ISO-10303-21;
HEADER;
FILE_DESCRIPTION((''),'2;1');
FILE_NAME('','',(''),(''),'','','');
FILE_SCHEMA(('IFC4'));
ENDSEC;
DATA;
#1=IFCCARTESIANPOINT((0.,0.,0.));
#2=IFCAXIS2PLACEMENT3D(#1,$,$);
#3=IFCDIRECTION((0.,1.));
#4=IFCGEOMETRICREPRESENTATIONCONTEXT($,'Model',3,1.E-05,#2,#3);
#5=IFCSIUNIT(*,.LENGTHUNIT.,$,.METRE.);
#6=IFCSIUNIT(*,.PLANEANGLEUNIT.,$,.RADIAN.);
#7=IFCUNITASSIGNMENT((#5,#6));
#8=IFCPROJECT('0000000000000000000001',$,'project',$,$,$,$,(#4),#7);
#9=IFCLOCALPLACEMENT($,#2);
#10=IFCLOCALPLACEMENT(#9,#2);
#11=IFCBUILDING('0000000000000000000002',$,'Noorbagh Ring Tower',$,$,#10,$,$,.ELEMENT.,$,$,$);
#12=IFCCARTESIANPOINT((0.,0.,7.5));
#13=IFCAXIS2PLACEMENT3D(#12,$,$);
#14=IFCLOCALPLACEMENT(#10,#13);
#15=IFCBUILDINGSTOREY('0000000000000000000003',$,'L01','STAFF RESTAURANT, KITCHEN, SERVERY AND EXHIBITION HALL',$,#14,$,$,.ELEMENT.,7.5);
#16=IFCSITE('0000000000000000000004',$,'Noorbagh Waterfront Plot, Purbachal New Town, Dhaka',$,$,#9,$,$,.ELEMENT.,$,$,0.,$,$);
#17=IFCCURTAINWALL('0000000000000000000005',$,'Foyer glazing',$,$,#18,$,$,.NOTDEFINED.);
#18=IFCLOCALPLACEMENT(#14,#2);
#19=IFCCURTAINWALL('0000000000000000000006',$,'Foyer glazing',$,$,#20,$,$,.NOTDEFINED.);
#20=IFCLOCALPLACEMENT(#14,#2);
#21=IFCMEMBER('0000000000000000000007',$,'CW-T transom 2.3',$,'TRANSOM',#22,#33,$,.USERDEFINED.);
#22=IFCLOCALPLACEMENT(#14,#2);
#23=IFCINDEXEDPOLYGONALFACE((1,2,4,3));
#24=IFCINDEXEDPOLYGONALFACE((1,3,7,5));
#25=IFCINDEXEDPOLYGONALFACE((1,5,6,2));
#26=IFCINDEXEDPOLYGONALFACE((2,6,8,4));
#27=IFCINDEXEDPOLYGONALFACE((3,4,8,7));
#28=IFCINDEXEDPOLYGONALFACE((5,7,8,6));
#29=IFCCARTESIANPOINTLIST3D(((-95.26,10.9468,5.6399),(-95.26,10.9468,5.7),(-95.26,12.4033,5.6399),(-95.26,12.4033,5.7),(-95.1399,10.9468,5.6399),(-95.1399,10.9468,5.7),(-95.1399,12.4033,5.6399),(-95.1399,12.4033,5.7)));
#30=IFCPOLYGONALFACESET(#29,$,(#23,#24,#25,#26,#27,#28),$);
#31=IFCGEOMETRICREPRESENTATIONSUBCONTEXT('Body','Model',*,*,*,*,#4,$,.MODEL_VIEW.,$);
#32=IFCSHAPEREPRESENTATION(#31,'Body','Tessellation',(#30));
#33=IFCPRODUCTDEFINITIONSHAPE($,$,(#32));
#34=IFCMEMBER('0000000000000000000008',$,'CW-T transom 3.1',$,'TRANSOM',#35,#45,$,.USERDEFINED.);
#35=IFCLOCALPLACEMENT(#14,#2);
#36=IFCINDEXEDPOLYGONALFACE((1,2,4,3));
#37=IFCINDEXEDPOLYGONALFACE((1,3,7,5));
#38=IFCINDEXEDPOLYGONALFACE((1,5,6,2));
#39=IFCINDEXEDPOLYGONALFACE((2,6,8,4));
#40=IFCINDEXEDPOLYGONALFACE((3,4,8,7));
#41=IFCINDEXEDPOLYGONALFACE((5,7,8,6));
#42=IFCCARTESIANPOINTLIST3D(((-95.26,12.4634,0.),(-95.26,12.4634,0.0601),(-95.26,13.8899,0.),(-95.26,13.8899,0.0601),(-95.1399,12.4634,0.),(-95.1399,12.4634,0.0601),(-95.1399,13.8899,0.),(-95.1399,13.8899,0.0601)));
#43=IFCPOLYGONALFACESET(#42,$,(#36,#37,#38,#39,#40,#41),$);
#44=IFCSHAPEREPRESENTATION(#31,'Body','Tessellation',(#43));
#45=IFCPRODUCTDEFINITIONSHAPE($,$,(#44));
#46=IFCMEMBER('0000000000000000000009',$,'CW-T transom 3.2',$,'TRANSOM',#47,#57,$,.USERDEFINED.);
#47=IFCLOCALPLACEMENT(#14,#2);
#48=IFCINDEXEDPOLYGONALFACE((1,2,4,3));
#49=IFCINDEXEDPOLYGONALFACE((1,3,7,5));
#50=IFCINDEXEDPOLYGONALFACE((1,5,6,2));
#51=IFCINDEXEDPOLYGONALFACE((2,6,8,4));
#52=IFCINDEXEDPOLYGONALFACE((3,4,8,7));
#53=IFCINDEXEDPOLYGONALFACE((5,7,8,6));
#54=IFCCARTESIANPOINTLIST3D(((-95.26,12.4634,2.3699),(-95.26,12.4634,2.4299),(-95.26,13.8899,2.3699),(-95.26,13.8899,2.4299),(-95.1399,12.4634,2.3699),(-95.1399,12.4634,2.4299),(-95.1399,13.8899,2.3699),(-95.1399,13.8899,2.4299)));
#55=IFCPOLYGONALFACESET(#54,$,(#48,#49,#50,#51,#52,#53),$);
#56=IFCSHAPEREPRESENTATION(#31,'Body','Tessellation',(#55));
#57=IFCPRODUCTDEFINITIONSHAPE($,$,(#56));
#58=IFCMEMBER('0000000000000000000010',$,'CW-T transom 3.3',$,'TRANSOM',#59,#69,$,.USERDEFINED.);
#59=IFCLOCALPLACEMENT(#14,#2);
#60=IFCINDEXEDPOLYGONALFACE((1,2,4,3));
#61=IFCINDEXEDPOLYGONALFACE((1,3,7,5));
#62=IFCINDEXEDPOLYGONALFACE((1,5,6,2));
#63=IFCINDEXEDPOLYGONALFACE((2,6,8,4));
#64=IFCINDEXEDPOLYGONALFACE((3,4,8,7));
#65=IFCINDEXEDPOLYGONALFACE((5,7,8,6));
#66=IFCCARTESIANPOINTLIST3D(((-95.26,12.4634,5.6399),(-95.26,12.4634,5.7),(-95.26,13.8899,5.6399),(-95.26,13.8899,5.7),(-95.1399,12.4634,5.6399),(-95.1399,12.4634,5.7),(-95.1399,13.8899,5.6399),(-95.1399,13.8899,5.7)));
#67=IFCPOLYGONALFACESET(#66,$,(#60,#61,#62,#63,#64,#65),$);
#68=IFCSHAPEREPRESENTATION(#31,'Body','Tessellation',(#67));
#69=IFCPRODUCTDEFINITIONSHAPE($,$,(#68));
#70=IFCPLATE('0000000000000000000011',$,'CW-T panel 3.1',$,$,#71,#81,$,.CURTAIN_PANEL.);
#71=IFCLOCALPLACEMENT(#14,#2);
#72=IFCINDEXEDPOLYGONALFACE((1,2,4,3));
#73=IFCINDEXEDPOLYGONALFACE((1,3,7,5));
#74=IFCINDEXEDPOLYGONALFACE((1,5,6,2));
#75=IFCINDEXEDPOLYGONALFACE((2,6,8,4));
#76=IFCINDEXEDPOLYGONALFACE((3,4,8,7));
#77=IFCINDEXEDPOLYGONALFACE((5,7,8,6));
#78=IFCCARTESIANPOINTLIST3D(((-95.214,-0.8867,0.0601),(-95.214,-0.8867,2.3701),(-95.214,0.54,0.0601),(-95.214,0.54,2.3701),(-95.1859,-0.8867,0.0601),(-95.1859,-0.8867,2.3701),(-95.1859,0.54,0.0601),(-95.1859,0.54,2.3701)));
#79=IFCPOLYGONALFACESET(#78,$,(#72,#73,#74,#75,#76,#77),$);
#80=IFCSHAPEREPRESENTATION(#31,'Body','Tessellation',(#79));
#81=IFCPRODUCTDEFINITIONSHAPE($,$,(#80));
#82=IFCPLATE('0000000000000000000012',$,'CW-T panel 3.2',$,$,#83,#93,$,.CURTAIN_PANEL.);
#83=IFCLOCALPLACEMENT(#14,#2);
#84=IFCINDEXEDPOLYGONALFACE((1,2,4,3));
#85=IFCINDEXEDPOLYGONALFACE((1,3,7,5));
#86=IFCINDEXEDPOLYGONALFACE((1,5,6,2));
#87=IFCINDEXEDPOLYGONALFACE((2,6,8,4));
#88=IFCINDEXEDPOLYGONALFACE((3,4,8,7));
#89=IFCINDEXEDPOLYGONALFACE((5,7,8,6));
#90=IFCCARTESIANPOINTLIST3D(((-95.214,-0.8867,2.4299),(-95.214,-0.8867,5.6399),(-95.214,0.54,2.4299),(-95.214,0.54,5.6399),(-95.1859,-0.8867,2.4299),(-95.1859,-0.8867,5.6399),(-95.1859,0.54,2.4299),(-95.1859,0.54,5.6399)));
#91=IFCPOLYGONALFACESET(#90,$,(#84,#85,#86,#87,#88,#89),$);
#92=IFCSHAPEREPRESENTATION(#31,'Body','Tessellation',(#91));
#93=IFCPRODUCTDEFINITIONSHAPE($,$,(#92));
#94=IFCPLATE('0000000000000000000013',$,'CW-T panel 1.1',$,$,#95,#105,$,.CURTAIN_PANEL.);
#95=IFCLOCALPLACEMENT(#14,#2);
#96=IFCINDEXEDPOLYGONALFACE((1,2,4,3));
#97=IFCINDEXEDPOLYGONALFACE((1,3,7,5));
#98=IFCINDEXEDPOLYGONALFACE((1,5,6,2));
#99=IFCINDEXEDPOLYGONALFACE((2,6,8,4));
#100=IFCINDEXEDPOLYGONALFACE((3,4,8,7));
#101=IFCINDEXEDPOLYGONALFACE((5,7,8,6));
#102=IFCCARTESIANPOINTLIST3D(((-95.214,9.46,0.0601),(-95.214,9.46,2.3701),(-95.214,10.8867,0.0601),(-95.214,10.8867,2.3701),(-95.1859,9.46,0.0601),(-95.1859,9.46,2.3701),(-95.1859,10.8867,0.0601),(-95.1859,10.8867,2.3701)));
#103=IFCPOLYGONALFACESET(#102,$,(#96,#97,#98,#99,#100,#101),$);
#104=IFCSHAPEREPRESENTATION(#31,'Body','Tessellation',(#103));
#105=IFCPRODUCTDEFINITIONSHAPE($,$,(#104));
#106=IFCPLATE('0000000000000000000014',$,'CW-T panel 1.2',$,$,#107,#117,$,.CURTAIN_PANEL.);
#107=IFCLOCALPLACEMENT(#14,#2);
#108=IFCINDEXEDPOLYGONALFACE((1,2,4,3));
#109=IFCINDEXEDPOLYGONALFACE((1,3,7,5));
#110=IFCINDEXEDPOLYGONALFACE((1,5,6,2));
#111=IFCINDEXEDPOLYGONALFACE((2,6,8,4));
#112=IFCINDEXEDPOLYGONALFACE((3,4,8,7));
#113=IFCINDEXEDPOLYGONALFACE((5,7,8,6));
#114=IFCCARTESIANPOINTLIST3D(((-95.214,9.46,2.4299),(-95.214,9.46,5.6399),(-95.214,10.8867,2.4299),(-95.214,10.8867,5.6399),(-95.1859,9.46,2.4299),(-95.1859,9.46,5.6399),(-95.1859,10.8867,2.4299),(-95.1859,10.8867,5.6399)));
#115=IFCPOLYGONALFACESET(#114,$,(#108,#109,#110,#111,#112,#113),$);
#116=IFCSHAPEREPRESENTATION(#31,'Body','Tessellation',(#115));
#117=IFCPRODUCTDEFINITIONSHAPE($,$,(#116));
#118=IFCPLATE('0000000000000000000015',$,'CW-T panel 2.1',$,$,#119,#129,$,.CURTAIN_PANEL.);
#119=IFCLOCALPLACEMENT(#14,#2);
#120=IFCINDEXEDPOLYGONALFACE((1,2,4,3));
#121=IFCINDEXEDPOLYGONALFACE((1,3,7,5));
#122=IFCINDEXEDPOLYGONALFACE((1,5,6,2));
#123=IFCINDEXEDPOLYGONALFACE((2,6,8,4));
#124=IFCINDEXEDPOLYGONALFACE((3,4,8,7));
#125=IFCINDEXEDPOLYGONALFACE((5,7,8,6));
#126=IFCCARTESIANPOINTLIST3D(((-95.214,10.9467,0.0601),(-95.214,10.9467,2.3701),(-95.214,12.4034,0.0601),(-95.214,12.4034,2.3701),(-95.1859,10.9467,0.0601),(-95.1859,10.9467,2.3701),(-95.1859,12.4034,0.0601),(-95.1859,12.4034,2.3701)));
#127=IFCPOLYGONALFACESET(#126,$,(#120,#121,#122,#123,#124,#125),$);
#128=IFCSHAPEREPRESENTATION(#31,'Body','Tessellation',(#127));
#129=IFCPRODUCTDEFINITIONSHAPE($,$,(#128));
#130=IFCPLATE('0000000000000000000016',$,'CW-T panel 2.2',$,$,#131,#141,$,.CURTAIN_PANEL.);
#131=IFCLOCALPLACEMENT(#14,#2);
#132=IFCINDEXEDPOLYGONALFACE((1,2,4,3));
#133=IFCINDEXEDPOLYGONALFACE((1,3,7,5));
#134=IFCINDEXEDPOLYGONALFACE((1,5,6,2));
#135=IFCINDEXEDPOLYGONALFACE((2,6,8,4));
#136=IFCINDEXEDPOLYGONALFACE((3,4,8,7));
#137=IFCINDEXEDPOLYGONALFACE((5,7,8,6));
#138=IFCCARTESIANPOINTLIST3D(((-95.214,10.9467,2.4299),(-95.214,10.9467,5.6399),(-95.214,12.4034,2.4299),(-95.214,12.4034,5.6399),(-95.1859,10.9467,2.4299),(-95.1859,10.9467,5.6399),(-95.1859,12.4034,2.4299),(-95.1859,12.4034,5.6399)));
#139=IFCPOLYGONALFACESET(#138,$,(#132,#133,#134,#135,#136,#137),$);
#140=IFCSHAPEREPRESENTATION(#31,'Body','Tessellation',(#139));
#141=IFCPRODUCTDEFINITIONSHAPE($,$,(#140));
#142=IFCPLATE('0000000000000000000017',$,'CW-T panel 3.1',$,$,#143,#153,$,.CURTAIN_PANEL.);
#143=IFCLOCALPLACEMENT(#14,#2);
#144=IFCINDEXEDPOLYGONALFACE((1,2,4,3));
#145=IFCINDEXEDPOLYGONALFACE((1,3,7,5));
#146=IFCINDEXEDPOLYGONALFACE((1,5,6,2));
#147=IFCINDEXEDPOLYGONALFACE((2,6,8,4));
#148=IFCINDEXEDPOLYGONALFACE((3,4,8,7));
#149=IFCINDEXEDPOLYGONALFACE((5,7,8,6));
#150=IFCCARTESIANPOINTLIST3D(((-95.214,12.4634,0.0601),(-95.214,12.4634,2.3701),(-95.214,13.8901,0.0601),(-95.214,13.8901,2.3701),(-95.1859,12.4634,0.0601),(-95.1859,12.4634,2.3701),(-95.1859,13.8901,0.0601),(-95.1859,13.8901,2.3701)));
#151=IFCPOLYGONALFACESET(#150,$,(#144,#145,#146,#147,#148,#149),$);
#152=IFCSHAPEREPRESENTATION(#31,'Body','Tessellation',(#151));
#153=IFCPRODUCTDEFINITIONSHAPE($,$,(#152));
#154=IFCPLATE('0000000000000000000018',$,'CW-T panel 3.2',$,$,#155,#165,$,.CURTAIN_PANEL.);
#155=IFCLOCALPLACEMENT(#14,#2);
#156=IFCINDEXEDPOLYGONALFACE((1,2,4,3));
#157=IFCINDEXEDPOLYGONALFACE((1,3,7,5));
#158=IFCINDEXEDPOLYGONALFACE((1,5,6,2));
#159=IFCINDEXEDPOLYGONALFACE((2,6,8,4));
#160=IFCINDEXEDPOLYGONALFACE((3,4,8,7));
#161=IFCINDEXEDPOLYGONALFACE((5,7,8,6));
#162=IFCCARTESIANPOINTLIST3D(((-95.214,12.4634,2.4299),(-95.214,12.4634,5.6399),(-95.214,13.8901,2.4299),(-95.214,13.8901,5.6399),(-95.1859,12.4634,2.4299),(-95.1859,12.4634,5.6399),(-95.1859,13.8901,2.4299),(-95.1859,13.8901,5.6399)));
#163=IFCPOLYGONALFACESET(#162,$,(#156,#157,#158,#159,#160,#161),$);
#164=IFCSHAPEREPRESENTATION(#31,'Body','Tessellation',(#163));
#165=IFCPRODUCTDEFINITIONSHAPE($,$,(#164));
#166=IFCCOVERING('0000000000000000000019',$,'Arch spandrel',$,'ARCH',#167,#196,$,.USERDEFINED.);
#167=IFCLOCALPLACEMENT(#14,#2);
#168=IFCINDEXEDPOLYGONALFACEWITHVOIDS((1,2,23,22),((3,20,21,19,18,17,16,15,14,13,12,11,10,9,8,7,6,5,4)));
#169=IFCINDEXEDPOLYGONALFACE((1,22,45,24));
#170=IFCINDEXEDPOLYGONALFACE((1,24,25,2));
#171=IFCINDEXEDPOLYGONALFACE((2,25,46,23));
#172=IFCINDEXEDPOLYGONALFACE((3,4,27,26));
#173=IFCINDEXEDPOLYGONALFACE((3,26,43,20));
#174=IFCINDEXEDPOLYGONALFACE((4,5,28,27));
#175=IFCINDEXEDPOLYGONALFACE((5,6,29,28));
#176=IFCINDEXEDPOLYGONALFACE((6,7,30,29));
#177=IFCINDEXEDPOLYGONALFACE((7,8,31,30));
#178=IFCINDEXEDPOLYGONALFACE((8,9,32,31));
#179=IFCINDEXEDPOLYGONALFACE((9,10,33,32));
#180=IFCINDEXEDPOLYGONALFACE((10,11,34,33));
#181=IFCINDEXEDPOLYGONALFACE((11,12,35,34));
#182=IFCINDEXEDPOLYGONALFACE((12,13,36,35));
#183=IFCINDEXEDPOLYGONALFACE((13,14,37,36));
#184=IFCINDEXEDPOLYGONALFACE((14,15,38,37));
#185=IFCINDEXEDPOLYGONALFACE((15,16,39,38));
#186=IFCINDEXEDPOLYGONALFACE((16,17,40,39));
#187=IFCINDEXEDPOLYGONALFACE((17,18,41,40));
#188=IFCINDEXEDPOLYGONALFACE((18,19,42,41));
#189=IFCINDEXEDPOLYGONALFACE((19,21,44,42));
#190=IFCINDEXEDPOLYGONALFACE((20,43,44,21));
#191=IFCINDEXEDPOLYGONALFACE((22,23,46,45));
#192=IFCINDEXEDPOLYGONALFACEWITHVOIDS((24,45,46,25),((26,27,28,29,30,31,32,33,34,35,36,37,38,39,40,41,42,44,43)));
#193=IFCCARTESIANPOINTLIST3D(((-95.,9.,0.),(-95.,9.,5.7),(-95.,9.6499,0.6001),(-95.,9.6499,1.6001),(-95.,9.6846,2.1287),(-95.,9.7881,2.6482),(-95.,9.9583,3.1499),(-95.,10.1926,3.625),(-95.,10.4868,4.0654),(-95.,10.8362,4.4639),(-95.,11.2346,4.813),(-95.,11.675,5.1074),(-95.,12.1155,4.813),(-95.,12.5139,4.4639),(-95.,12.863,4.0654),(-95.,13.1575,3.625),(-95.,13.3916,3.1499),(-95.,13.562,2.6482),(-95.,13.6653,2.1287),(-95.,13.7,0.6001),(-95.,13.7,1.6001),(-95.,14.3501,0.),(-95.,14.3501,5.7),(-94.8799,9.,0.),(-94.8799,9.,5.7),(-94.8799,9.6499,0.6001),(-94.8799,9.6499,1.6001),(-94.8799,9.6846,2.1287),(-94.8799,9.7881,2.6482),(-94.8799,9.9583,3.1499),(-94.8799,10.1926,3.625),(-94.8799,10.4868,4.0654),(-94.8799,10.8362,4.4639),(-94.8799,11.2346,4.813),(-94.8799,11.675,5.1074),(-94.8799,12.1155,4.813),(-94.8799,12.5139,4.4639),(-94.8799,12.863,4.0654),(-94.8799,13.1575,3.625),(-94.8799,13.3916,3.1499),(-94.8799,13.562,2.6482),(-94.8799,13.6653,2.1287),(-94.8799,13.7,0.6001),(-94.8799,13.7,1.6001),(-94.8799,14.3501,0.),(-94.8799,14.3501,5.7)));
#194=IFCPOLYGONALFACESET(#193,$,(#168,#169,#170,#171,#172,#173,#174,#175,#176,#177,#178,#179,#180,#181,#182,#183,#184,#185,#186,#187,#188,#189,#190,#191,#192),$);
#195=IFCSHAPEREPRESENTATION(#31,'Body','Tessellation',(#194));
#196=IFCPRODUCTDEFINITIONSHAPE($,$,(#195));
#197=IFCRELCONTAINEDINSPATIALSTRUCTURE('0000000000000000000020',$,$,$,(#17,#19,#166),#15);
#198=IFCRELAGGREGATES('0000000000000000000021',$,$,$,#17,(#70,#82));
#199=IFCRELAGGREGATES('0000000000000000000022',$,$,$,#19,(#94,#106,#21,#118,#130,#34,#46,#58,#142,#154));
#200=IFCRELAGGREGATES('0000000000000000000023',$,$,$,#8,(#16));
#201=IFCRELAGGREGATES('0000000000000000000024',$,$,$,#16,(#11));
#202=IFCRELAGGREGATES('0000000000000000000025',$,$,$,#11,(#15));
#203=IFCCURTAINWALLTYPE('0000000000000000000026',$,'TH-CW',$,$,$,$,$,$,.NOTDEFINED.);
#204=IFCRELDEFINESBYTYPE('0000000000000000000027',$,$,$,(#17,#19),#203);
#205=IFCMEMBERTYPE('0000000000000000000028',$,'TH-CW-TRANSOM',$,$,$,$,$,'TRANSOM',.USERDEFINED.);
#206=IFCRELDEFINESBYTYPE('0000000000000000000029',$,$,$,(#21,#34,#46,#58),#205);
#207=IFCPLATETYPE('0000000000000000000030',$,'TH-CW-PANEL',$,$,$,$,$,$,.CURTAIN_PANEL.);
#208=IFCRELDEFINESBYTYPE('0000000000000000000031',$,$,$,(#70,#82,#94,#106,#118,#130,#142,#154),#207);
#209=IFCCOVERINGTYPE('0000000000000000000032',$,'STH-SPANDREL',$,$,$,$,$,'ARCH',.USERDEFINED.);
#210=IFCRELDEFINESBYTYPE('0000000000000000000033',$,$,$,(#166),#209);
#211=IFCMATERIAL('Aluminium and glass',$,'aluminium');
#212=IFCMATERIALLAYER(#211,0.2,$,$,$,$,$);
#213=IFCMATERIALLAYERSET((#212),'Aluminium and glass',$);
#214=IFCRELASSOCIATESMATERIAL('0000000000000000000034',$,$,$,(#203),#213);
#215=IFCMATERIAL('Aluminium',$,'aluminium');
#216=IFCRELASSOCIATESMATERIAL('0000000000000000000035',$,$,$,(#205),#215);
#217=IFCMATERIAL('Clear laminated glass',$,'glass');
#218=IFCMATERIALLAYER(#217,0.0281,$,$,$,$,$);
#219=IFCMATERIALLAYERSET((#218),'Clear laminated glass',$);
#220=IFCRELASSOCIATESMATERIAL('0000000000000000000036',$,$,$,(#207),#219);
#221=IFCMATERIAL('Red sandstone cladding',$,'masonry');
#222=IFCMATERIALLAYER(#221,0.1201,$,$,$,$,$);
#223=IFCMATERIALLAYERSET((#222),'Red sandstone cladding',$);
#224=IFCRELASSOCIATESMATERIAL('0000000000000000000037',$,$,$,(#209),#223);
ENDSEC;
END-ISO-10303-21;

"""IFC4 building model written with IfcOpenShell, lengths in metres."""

from ifc_helpers import new_model, si_unit, direction, frame, origin, origin_2d, place, context, subcontext, project, spatial, polyline, rectangle, outline, extrude, material, layer, layer_set, material_profile, profile_set, type_object, element, aggregate, save


model = new_model("IFC4")

# Units and contexts
model_context = context("Model", 3, precision=1e-05, world=origin(), true_north=direction((0.0, 1.0)))
body_context = subcontext(model_context, "Body", "Model", "MODEL_VIEW")
ifc_project = project(units=[si_unit("LENGTHUNIT", "METRE"), si_unit("PLANEANGLEUNIT", "RADIAN")], contexts=[model_context])

# Site, building, storey
site_placement = place(None, origin())
site = spatial("IfcSite", under=ifc_project, at=site_placement, Name="Noorbagh Waterfront Plot, Purbachal New Town, Dhaka", CompositionType="ELEMENT", RefElevation=0.0)
building_placement = place(site_placement, origin())
building = spatial("IfcBuilding", under=site, at=building_placement, Name="Noorbagh Ring Tower", CompositionType="ELEMENT")
storey_placement = place(building_placement, frame((0.0, 0.0, 7.5)))
storey = spatial("IfcBuildingStorey", under=building, at=storey_placement, Name="L01", Description="STAFF RESTAURANT, KITCHEN, SERVERY AND EXHIBITION HALL", CompositionType="ELEMENT", Elevation=7.5)

# Curtain walls
ifc_material_1 = material(Name="Aluminium and glass", Category="aluminium")
ifc_layer_1 = layer(ifc_material_1, 0.2)
ifc_layer_set_1 = layer_set([ifc_layer_1], Name="Aluminium and glass")
curtain_wall_type = type_object("IfcCurtainWallType", Name="TH-CW", PredefinedType="NOTDEFINED", material=ifc_layer_set_1)
curtain_wall_1_placement = place(storey_placement, origin())
curtain_wall_1 = element("IfcCurtainWall", 1, at=curtain_wall_1_placement, inside=storey, type_object=curtain_wall_type, Name="Foyer glazing", PredefinedType="NOTDEFINED")
curtain_wall_2_placement = place(storey_placement, origin())
curtain_wall_2 = element("IfcCurtainWall", 2, at=curtain_wall_2_placement, inside=storey, type_object=curtain_wall_type, Name="Foyer glazing", PredefinedType="NOTDEFINED")

# Members
ifc_material_2 = material(Name="Aluminium", Category="aluminium")
ifc_material_profile_1 = material_profile(ifc_material_2, rectangle(XDim=0.1201, YDim=0.0601, at=origin_2d()), Name="AL 120x60")
ifc_profile_set_1 = profile_set([ifc_material_profile_1], Name="Aluminium")
member_type_1 = type_object("IfcMemberType", Name="TH-CW-TRANSOM", ElementType="TRANSOM", PredefinedType="USERDEFINED", material=ifc_profile_set_1)
member_1_placement = place(storey_placement, frame((-95.2, 10.9468, 5.6699), z_axis=(0.0, 1.0, 0.0), x_axis=(-1.0, 0.0, 0.0)))
member_1 = element("IfcMember", 3, at=member_1_placement, type_object=member_type_1, Name="CW-T transom 2.3", ObjectType="TRANSOM", PredefinedType="USERDEFINED", context=body_context, shape_type="SweptSolid", body=[
    extrude(rectangle(XDim=0.1201, YDim=0.0601, at=origin_2d()), origin(), (0.0, 0.0, 1.0), 1.4565),
])
member_2_placement = place(storey_placement, frame((-95.2, 12.4634, 0.03), z_axis=(0.0, 1.0, 0.0), x_axis=(-1.0, 0.0, 0.0)))
member_2 = element("IfcMember", 4, at=member_2_placement, type_object=member_type_1, Name="CW-T transom 3.1", ObjectType="TRANSOM", PredefinedType="USERDEFINED", context=body_context, shape_type="SweptSolid", body=[
    extrude(rectangle(XDim=0.1201, YDim=0.0601, at=origin_2d()), origin(), (0.0, 0.0, 1.0), 1.4265),
])
member_3_placement = place(storey_placement, frame((-95.2, 12.4634, 2.3999), z_axis=(0.0, 1.0, 0.0), x_axis=(-1.0, 0.0, 0.0)))
member_3 = element("IfcMember", 5, at=member_3_placement, type_object=member_type_1, Name="CW-T transom 3.2", ObjectType="TRANSOM", PredefinedType="USERDEFINED", context=body_context, shape_type="SweptSolid", body=[
    extrude(rectangle(XDim=0.1201, YDim=0.0601, at=origin_2d()), origin(), (0.0, 0.0, 1.0), 1.4265),
])
member_4_placement = place(storey_placement, frame((-95.2, 12.4634, 5.6699), z_axis=(0.0, 1.0, 0.0), x_axis=(-1.0, 0.0, 0.0)))
member_4 = element("IfcMember", 6, at=member_4_placement, type_object=member_type_1, Name="CW-T transom 3.3", ObjectType="TRANSOM", PredefinedType="USERDEFINED", context=body_context, shape_type="SweptSolid", body=[
    extrude(rectangle(XDim=0.1201, YDim=0.0601, at=origin_2d()), origin(), (0.0, 0.0, 1.0), 1.4265),
])

# Plates
ifc_material_3 = material(Name="Clear laminated glass", Category="glass")
ifc_layer_2 = layer(ifc_material_3, 0.0281)
ifc_layer_set_2 = layer_set([ifc_layer_2], Name="Clear laminated glass")
plate_type = type_object("IfcPlateType", Name="TH-CW-PANEL", PredefinedType="CURTAIN_PANEL", material=ifc_layer_set_2)
plate_1_placement = place(storey_placement, frame((-95.2, -0.1733, 0.0601), z_axis=(0.0, 0.0, 1.0), x_axis=(0.0, 1.0, 0.0)))
plate_1 = element("IfcPlate", 7, at=plate_1_placement, type_object=plate_type, Name="CW-T panel 3.1", PredefinedType="CURTAIN_PANEL", context=body_context, shape_type="SweptSolid", body=[
    extrude(rectangle(XDim=1.4268, YDim=0.0281, at=origin_2d()), origin(), (0.0, 0.0, 1.0), 2.3101),
])
plate_2_placement = place(storey_placement, frame((-95.2, -0.1733, 2.4299), z_axis=(0.0, 0.0, 1.0), x_axis=(0.0, 1.0, 0.0)))
plate_2 = element("IfcPlate", 8, at=plate_2_placement, type_object=plate_type, Name="CW-T panel 3.2", PredefinedType="CURTAIN_PANEL", context=body_context, shape_type="SweptSolid", body=[
    extrude(rectangle(XDim=1.4268, YDim=0.0281, at=origin_2d()), origin(), (0.0, 0.0, 1.0), 3.21),
])
aggregate(curtain_wall_1, [plate_1, plate_2])
plate_3_placement = place(storey_placement, frame((-95.2, 10.1733, 0.0601), z_axis=(0.0, 0.0, 1.0), x_axis=(0.0, 1.0, 0.0)))
plate_3 = element("IfcPlate", 9, at=plate_3_placement, type_object=plate_type, Name="CW-T panel 1.1", PredefinedType="CURTAIN_PANEL", context=body_context, shape_type="SweptSolid", body=[
    extrude(rectangle(XDim=1.4268, YDim=0.0281, at=origin_2d()), origin(), (0.0, 0.0, 1.0), 2.3101),
])
plate_4_placement = place(storey_placement, frame((-95.2, 10.1733, 2.4299), z_axis=(0.0, 0.0, 1.0), x_axis=(0.0, 1.0, 0.0)))
plate_4 = element("IfcPlate", 10, at=plate_4_placement, type_object=plate_type, Name="CW-T panel 1.2", PredefinedType="CURTAIN_PANEL", context=body_context, shape_type="SweptSolid", body=[
    extrude(rectangle(XDim=1.4268, YDim=0.0281, at=origin_2d()), origin(), (0.0, 0.0, 1.0), 3.21),
])
plate_5_placement = place(storey_placement, frame((-95.2, 11.675, 0.0601), z_axis=(0.0, 0.0, 1.0), x_axis=(0.0, 1.0, 0.0)))
plate_5 = element("IfcPlate", 11, at=plate_5_placement, type_object=plate_type, Name="CW-T panel 2.1", PredefinedType="CURTAIN_PANEL", context=body_context, shape_type="SweptSolid", body=[
    extrude(rectangle(XDim=1.4568, YDim=0.0281, at=origin_2d()), origin(), (0.0, 0.0, 1.0), 2.3101),
])
plate_6_placement = place(storey_placement, frame((-95.2, 11.675, 2.4299), z_axis=(0.0, 0.0, 1.0), x_axis=(0.0, 1.0, 0.0)))
plate_6 = element("IfcPlate", 12, at=plate_6_placement, type_object=plate_type, Name="CW-T panel 2.2", PredefinedType="CURTAIN_PANEL", context=body_context, shape_type="SweptSolid", body=[
    extrude(rectangle(XDim=1.4568, YDim=0.0281, at=origin_2d()), origin(), (0.0, 0.0, 1.0), 3.21),
])
plate_7_placement = place(storey_placement, frame((-95.2, 13.1768, 0.0601), z_axis=(0.0, 0.0, 1.0), x_axis=(0.0, 1.0, 0.0)))
plate_7 = element("IfcPlate", 13, at=plate_7_placement, type_object=plate_type, Name="CW-T panel 3.1", PredefinedType="CURTAIN_PANEL", context=body_context, shape_type="SweptSolid", body=[
    extrude(rectangle(XDim=1.4268, YDim=0.0281, at=origin_2d()), origin(), (0.0, 0.0, 1.0), 2.3101),
])
plate_8_placement = place(storey_placement, frame((-95.2, 13.1768, 2.4299), z_axis=(0.0, 0.0, 1.0), x_axis=(0.0, 1.0, 0.0)))
plate_8 = element("IfcPlate", 14, at=plate_8_placement, type_object=plate_type, Name="CW-T panel 3.2", PredefinedType="CURTAIN_PANEL", context=body_context, shape_type="SweptSolid", body=[
    extrude(rectangle(XDim=1.4268, YDim=0.0281, at=origin_2d()), origin(), (0.0, 0.0, 1.0), 3.21),
])
aggregate(curtain_wall_2, [plate_3, plate_4, member_1, plate_5, plate_6, member_2, member_3, member_4, plate_7, plate_8])

# Covering
ifc_material_4 = material(Name="Red sandstone cladding", Category="masonry")
ifc_layer_3 = layer(ifc_material_4, 0.1201)
ifc_layer_set_3 = layer_set([ifc_layer_3], Name="Red sandstone cladding")
covering_type_1 = type_object("IfcCoveringType", Name="STH-SPANDREL", ElementType="ARCH", PredefinedType="USERDEFINED", material=ifc_layer_set_3)
covering_1_placement = place(storey_placement, frame((-94.8799, 9.0, 0.0), z_axis=(1.0, 0.0, 0.0), x_axis=(0.0, 1.0, 0.0)))
element("IfcCovering", 15, at=covering_1_placement, inside=storey, type_object=covering_type_1, Name="Arch spandrel", ObjectType="ARCH", PredefinedType="USERDEFINED", context=body_context, shape_type="SweptSolid", body=[
    extrude(outline(polyline([(0.0, 0.0), (5.3501, 0.0), (5.3501, 5.7), (0.0, 5.7), (0.0, 0.0)]), holes=[polyline([(0.6499, 0.6001), (0.6499, 1.6001), (0.6846, 2.1287), (0.7881, 2.6482), (0.9583, 3.1499), (1.1926, 3.625), (1.4868, 4.0654), (1.8362, 4.4639), (2.2346, 4.813), (2.675, 5.1074), (3.1155, 4.813), (3.5139, 4.4639), (3.863, 4.0654), (4.1575, 3.625), (4.3916, 3.1499), (4.562, 2.6482), (4.6653, 2.1287), (4.7, 1.6001), (4.7, 0.6001), (0.6499, 0.6001)])]), origin(), (0.0, 0.0, -1.0), 0.1201),
])

save(model, "model.ifc")
